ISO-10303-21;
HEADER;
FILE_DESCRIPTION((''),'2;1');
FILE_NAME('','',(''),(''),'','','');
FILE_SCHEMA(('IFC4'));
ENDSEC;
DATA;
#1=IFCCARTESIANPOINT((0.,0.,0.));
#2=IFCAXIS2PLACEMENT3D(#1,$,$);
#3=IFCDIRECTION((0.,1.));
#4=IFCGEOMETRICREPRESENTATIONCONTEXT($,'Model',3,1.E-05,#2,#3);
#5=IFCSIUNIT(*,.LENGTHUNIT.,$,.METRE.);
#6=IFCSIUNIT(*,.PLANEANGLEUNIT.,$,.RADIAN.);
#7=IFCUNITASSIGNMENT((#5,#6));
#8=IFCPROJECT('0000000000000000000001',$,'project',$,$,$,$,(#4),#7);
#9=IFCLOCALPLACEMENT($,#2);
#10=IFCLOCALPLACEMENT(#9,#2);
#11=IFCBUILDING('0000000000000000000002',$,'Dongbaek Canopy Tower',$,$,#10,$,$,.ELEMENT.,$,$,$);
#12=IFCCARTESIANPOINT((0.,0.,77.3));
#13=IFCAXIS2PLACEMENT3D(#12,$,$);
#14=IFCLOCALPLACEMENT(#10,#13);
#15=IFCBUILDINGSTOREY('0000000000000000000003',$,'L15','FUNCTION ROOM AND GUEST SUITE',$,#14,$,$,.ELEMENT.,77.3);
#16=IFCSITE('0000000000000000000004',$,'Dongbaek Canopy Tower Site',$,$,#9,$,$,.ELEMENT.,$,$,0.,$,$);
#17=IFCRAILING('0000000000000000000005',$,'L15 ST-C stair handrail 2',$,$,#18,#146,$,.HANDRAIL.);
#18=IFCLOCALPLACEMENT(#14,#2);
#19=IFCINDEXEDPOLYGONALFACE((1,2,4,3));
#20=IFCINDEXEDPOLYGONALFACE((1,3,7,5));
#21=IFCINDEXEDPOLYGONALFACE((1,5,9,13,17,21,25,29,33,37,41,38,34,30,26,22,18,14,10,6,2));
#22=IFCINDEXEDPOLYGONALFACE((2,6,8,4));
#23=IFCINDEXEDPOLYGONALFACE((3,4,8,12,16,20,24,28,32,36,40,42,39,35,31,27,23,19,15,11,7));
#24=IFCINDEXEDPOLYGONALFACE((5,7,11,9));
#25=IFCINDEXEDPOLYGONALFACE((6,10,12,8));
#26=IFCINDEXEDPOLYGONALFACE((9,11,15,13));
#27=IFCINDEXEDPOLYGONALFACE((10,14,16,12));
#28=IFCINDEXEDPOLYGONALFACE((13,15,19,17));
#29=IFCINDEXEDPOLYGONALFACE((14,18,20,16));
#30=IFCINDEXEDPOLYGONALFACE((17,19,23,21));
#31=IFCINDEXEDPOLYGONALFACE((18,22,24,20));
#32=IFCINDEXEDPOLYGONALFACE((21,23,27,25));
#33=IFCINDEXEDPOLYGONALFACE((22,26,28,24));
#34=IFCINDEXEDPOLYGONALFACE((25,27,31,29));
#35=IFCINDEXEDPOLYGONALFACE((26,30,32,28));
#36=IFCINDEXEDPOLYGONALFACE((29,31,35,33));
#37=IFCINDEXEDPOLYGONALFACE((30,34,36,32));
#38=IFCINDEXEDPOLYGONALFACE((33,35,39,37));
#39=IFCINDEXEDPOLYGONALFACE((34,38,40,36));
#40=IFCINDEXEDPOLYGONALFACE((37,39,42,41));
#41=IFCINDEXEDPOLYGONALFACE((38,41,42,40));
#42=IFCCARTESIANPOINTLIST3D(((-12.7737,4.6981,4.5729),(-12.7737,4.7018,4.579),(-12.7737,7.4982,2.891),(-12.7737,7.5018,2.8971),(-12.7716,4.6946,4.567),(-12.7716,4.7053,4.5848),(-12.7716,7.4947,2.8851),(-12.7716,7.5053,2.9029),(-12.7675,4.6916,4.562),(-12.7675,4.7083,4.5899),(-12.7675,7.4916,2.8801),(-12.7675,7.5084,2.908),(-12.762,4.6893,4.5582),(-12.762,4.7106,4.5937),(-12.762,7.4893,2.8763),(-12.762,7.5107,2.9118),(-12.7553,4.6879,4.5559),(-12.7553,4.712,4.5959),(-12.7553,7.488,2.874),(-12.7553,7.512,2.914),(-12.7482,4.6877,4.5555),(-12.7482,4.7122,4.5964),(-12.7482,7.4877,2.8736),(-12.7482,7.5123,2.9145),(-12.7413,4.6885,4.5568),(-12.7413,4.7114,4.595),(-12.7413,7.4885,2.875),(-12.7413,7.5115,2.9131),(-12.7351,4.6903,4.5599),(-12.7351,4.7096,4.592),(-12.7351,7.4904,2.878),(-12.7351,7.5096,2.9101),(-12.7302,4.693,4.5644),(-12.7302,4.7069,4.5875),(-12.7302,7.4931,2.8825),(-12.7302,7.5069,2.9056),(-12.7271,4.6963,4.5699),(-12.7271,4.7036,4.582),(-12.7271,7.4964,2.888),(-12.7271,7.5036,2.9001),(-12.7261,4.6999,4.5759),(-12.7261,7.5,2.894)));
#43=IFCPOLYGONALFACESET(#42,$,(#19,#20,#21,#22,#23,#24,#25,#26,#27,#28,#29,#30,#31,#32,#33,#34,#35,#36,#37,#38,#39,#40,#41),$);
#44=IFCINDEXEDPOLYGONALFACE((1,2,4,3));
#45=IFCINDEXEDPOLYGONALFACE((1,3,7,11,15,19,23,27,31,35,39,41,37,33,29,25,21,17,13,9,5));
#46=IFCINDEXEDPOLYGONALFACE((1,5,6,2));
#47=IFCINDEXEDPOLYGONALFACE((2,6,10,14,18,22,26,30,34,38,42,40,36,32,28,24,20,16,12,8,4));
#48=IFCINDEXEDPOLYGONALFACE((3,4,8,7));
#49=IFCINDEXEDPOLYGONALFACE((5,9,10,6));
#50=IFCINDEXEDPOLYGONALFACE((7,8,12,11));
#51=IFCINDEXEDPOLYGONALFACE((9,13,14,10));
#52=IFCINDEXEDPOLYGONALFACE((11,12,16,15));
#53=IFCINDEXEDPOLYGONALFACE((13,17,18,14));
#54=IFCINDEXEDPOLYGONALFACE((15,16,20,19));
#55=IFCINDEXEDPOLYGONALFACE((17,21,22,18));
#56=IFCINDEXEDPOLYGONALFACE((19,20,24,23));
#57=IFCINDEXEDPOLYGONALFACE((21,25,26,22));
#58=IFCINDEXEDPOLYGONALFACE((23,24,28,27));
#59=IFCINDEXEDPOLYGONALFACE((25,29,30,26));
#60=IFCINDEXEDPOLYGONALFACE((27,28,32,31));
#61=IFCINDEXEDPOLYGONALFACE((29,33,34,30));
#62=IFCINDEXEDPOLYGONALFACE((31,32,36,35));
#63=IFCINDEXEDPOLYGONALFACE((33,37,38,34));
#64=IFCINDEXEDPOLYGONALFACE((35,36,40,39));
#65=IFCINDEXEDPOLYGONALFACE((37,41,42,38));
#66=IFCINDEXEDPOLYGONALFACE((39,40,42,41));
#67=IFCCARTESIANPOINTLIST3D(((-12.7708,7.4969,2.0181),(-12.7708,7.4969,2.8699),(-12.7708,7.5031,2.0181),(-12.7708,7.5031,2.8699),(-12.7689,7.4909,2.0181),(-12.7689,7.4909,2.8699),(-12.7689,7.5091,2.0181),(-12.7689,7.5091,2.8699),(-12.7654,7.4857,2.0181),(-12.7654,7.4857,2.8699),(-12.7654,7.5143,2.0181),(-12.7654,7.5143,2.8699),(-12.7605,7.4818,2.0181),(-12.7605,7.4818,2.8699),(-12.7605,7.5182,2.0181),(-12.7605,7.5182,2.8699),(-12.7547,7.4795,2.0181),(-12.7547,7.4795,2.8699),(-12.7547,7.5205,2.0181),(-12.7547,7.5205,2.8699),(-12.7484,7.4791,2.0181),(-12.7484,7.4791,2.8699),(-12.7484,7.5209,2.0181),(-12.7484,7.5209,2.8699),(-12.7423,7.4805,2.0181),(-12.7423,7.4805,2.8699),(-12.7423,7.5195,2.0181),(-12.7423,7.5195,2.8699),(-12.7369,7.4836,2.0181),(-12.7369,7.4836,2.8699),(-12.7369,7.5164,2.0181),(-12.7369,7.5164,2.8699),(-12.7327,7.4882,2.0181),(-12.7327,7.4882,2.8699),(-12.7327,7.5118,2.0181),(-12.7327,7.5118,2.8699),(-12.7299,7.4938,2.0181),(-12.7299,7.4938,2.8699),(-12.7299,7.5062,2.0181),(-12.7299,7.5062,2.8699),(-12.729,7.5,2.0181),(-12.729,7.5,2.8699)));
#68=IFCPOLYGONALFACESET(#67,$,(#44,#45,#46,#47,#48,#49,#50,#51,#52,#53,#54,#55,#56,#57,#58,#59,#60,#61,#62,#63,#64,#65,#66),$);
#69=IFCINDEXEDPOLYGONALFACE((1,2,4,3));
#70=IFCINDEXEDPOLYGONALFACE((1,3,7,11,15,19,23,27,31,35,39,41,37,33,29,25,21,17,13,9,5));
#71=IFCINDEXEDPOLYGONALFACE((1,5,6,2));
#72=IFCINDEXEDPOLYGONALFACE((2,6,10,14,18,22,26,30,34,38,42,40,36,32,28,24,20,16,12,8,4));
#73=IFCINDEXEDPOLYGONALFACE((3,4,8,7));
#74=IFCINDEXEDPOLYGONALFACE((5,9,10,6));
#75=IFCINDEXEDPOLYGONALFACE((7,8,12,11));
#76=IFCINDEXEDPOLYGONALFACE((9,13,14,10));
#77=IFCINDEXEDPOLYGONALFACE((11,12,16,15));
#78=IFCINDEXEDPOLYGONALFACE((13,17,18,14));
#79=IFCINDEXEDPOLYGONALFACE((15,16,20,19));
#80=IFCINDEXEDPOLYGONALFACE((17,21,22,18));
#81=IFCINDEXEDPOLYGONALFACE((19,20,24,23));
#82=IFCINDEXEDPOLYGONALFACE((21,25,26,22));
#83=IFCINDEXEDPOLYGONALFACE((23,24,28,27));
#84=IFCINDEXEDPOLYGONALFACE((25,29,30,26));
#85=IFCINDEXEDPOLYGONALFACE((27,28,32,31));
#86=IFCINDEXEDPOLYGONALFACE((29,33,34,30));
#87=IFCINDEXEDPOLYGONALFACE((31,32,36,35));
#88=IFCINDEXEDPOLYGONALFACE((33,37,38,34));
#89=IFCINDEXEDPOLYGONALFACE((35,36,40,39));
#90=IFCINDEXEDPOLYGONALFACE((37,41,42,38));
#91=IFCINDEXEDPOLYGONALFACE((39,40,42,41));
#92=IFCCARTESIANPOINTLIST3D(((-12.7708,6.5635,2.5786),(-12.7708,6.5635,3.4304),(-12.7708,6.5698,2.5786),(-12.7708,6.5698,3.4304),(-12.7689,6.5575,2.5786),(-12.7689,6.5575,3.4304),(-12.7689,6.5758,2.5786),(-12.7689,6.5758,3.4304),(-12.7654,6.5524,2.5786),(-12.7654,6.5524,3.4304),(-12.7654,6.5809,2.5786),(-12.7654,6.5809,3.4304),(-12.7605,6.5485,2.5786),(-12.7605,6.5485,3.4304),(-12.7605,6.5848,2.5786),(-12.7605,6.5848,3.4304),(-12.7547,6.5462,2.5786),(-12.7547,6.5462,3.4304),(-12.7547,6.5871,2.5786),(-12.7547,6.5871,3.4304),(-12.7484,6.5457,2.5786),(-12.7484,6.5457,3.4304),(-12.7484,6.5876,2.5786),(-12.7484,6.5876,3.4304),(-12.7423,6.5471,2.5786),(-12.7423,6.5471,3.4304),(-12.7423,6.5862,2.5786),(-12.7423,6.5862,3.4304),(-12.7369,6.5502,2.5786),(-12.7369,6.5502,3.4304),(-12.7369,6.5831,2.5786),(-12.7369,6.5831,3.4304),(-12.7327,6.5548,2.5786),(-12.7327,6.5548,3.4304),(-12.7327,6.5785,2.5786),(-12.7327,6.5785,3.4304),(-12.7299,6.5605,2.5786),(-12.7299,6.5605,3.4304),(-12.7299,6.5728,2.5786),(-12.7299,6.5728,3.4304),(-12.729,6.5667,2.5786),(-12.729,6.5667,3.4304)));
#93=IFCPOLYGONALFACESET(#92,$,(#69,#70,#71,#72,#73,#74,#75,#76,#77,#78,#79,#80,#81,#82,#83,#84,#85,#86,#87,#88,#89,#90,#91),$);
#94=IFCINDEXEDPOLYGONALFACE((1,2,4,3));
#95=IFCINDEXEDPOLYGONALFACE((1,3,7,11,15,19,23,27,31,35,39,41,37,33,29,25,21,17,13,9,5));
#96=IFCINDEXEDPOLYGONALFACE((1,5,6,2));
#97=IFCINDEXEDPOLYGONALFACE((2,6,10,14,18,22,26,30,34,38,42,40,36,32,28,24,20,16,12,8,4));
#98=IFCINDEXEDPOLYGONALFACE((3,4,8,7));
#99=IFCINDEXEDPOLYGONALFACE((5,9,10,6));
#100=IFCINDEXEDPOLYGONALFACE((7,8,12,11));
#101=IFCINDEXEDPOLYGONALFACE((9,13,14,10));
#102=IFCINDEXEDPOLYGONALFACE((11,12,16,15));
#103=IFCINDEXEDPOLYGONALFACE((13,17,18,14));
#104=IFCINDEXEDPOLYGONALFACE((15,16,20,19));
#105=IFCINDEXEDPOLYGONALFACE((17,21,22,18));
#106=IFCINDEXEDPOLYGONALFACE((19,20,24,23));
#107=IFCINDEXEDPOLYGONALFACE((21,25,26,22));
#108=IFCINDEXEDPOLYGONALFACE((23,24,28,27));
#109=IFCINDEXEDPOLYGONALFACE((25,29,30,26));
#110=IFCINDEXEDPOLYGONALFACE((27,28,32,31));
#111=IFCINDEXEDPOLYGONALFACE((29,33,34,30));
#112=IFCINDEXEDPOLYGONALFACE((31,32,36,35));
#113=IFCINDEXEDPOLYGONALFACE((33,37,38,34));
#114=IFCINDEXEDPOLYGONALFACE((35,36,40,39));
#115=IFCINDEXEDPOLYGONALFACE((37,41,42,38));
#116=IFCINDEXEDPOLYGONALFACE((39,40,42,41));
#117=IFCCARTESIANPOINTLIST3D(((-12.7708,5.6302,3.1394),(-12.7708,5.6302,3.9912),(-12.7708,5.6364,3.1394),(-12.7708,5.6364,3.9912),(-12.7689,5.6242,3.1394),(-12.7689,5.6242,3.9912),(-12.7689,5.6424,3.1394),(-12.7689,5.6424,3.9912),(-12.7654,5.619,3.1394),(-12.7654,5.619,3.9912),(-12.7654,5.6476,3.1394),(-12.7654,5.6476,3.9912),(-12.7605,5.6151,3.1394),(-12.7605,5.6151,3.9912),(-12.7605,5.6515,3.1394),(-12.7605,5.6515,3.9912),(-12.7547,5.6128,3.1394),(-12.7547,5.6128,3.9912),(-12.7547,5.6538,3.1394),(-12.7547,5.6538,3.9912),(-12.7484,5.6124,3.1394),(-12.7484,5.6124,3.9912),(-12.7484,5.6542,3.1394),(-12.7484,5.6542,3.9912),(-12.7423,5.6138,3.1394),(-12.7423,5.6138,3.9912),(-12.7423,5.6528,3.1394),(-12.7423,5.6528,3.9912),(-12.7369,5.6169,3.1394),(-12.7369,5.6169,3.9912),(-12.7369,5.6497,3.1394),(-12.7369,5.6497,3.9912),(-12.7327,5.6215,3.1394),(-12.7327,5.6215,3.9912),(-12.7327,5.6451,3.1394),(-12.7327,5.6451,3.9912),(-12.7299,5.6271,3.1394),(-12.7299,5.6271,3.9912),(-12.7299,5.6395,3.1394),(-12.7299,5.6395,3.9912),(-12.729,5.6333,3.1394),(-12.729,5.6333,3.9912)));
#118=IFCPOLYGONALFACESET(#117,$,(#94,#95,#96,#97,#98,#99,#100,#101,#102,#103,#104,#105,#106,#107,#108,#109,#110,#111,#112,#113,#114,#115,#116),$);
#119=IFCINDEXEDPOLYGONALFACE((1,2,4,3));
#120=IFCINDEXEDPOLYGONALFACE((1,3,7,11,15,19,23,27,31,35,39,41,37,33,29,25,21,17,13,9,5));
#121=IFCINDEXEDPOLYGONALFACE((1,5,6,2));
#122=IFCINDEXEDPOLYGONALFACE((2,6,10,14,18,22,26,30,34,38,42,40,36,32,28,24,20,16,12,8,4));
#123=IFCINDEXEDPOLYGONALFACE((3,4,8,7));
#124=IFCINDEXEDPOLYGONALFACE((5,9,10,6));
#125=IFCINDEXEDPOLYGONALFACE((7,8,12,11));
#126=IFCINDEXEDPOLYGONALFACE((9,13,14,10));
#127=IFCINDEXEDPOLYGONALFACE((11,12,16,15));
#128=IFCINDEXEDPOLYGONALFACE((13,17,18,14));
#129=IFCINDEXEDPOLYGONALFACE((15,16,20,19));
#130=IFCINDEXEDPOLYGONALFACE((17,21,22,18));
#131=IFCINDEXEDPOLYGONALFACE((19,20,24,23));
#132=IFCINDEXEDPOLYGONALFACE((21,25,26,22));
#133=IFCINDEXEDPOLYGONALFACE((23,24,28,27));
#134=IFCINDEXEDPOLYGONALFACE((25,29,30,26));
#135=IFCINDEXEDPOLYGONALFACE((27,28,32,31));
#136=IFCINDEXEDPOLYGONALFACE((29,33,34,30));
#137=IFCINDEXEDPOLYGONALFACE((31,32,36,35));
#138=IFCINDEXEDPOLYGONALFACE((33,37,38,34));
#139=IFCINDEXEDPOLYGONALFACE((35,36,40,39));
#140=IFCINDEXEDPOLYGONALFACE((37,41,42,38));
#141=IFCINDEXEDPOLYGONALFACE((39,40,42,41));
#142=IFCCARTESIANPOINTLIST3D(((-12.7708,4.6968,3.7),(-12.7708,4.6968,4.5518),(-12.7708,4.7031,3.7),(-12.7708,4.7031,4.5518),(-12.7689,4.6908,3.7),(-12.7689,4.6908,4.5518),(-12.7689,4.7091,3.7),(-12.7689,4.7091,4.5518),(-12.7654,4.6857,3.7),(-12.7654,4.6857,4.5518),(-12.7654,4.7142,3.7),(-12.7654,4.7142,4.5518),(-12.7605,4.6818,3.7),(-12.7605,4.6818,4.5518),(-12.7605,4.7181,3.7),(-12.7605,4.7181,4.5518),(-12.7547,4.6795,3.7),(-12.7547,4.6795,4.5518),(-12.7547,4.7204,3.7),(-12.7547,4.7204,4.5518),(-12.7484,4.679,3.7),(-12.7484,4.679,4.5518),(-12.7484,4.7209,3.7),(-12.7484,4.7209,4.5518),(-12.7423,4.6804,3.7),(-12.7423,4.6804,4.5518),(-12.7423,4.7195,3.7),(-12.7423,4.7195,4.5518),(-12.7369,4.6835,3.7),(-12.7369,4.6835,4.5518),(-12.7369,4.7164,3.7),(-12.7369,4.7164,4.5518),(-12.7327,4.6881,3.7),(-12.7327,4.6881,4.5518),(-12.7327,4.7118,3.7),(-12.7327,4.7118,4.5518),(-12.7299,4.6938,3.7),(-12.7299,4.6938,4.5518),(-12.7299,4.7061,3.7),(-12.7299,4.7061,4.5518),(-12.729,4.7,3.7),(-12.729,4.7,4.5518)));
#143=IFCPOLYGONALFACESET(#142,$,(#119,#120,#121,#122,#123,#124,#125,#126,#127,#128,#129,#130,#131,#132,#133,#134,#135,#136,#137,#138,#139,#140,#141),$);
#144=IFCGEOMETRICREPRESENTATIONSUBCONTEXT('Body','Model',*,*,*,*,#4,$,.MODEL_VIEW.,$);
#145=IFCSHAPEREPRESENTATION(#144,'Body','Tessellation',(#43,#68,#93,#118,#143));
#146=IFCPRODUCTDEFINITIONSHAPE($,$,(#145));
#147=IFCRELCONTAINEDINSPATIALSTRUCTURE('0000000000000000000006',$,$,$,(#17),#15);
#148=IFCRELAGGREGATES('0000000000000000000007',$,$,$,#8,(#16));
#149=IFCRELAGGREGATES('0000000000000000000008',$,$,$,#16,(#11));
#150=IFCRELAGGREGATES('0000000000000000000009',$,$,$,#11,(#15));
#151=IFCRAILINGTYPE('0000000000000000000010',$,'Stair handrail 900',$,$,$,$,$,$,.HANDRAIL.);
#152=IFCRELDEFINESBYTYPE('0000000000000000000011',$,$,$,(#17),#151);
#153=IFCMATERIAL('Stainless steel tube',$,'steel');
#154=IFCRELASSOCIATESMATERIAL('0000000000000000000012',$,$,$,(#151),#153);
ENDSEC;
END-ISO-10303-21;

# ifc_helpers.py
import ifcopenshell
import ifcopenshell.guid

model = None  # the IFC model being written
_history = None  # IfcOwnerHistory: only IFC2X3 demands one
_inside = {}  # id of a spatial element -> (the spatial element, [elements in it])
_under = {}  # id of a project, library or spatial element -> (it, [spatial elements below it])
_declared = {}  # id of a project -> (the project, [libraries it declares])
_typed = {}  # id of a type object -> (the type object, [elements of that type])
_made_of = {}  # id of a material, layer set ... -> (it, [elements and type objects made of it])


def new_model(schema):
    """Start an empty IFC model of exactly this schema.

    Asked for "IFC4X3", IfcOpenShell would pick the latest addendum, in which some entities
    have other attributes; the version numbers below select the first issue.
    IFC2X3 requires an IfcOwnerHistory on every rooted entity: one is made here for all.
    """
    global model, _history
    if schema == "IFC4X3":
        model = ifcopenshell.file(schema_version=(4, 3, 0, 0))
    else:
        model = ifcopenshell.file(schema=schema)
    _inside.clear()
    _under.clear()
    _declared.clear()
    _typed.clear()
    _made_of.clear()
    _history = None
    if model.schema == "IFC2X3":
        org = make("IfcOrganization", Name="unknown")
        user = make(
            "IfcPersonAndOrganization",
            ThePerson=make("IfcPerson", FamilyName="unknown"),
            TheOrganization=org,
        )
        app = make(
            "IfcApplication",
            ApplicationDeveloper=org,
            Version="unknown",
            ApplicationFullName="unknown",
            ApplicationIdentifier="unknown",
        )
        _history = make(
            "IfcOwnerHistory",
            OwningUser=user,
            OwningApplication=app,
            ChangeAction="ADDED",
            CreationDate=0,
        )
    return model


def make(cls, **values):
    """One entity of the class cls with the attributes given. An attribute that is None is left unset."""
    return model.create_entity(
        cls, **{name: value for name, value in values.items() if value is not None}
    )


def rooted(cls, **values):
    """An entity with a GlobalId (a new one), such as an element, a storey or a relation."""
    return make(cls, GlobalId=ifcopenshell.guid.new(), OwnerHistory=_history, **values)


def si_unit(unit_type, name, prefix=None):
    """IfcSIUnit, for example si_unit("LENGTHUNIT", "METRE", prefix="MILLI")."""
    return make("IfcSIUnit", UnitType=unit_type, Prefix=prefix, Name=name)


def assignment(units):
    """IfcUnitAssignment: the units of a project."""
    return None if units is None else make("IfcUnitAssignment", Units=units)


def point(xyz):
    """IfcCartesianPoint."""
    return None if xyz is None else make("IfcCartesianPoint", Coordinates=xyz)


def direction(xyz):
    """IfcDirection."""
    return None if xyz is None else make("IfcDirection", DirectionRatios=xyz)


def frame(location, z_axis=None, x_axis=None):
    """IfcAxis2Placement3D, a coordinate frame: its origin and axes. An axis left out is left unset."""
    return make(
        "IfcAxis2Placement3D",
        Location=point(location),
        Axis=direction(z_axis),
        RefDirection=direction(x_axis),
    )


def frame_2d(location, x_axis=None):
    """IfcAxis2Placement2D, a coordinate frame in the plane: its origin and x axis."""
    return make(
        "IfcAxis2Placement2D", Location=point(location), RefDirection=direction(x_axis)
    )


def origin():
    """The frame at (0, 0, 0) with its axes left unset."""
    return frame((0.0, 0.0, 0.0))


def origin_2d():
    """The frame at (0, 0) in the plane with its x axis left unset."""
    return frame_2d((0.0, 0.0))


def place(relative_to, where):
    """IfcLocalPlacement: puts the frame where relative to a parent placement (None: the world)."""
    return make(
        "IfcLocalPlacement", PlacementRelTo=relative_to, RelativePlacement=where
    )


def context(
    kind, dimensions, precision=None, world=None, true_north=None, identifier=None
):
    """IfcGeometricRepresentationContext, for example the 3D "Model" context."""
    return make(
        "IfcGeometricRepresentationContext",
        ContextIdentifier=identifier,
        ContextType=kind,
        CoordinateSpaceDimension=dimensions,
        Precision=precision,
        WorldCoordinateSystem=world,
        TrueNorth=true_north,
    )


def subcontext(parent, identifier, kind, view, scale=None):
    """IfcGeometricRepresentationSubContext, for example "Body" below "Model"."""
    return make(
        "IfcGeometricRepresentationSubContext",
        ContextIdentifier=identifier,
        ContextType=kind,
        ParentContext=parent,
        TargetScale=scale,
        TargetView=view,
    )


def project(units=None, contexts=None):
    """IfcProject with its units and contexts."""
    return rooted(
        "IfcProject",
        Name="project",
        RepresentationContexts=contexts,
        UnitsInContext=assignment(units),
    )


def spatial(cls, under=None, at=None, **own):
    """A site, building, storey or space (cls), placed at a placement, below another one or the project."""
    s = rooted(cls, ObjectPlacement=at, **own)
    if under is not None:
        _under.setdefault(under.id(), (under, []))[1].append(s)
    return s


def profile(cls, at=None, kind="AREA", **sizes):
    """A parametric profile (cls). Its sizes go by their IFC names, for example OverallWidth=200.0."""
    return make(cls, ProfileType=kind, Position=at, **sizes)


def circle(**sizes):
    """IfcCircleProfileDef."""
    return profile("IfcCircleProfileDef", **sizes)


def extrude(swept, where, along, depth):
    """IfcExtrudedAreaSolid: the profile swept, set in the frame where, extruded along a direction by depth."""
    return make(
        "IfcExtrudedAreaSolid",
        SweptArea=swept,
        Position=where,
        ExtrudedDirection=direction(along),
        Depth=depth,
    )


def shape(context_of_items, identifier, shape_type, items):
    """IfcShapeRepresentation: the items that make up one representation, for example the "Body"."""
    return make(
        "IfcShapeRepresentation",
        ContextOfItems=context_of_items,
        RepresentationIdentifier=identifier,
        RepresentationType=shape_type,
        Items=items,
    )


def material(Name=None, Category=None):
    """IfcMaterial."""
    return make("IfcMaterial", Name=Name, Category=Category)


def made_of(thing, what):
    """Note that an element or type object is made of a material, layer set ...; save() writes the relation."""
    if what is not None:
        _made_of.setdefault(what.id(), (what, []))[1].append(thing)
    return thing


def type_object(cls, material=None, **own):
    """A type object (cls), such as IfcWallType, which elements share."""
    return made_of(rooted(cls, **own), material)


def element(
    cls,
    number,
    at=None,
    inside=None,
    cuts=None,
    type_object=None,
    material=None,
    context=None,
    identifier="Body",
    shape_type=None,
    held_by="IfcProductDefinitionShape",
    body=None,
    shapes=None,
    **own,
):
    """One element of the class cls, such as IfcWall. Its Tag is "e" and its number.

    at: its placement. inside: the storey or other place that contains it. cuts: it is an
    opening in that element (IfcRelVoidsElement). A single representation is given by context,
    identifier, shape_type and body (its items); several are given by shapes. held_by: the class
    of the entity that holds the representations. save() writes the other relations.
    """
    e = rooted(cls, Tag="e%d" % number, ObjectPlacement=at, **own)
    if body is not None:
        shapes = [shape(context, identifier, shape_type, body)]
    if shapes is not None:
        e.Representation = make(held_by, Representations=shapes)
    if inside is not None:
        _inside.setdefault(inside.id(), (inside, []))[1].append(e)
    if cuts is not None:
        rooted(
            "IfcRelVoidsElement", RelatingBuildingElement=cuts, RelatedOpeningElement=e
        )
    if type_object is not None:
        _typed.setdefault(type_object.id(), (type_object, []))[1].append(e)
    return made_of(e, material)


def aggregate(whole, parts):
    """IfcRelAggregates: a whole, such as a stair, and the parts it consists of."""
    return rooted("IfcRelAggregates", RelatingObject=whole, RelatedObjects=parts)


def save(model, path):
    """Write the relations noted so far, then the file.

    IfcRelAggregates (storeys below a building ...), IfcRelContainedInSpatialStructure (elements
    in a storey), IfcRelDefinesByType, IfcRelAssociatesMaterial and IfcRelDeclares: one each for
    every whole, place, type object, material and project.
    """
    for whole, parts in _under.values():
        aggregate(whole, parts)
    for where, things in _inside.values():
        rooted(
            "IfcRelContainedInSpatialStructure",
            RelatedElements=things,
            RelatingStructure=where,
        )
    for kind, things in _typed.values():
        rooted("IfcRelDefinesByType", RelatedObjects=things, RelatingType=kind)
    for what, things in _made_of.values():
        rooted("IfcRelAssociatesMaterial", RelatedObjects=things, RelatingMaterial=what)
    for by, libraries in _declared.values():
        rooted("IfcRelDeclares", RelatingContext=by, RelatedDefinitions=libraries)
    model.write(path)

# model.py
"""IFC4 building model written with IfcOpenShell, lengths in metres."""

from ifc_helpers import new_model, si_unit, direction, frame, origin, origin_2d, place, context, subcontext, project, spatial, circle, extrude, material, type_object, element, save


model = new_model("IFC4")

# Units and contexts
model_context = context("Model", 3, precision=1e-05, world=origin(), true_north=direction((0.0, 1.0)))
body_context = subcontext(model_context, "Body", "Model", "MODEL_VIEW")
ifc_project = project(units=[si_unit("LENGTHUNIT", "METRE"), si_unit("PLANEANGLEUNIT", "RADIAN")], contexts=[model_context])

# Site, building, storey
site_placement = place(None, origin())
site = spatial("IfcSite", under=ifc_project, at=site_placement, Name="Dongbaek Canopy Tower Site", CompositionType="ELEMENT", RefElevation=0.0)
building_placement = place(site_placement, origin())
building = spatial("IfcBuilding", under=site, at=building_placement, Name="Dongbaek Canopy Tower", CompositionType="ELEMENT")
storey_placement = place(building_placement, frame((0.0, 0.0, 77.3)))
storey = spatial("IfcBuildingStorey", under=building, at=storey_placement, Name="L15", Description="FUNCTION ROOM AND GUEST SUITE", CompositionType="ELEMENT", Elevation=77.3)

# Railing
ifc_material_1 = material(Name="Stainless steel tube", Category="steel")
railing_type_1 = type_object("IfcRailingType", Name="Stair handrail 900", PredefinedType="HANDRAIL", material=ifc_material_1)
railing_1_placement = place(storey_placement, frame((-12.75, 7.5, 2.0181)))
element("IfcRailing", 1, at=railing_1_placement, inside=storey, type_object=railing_type_1, Name="L15 ST-C stair handrail 2", PredefinedType="HANDRAIL", context=body_context, shape_type="SweptSolid", body=[
    extrude(circle(Radius=0.0239, at=origin_2d()), frame((0.0, 0.0, 0.876), z_axis=(0.0, -0.857242, 0.514913), x_axis=(1.0, 0.0, 0.0)), (0.0, 0.0, 1.0), 3.2664),
    extrude(circle(Radius=0.021, at=origin_2d()), origin(), (0.0, 0.0, 1.0), 0.8518),
    extrude(circle(Radius=0.021, at=origin_2d()), frame((0.0, -0.9333, 0.5605)), (0.0, 0.0, 1.0), 0.8518),
    extrude(circle(Radius=0.021, at=origin_2d()), frame((0.0, -1.8667, 1.1213)), (0.0, 0.0, 1.0), 0.8518),
    extrude(circle(Radius=0.021, at=origin_2d()), frame((0.0, -2.8, 1.6819)), (0.0, 0.0, 1.0), 0.8518),
])

save(model, "model.ifc")
